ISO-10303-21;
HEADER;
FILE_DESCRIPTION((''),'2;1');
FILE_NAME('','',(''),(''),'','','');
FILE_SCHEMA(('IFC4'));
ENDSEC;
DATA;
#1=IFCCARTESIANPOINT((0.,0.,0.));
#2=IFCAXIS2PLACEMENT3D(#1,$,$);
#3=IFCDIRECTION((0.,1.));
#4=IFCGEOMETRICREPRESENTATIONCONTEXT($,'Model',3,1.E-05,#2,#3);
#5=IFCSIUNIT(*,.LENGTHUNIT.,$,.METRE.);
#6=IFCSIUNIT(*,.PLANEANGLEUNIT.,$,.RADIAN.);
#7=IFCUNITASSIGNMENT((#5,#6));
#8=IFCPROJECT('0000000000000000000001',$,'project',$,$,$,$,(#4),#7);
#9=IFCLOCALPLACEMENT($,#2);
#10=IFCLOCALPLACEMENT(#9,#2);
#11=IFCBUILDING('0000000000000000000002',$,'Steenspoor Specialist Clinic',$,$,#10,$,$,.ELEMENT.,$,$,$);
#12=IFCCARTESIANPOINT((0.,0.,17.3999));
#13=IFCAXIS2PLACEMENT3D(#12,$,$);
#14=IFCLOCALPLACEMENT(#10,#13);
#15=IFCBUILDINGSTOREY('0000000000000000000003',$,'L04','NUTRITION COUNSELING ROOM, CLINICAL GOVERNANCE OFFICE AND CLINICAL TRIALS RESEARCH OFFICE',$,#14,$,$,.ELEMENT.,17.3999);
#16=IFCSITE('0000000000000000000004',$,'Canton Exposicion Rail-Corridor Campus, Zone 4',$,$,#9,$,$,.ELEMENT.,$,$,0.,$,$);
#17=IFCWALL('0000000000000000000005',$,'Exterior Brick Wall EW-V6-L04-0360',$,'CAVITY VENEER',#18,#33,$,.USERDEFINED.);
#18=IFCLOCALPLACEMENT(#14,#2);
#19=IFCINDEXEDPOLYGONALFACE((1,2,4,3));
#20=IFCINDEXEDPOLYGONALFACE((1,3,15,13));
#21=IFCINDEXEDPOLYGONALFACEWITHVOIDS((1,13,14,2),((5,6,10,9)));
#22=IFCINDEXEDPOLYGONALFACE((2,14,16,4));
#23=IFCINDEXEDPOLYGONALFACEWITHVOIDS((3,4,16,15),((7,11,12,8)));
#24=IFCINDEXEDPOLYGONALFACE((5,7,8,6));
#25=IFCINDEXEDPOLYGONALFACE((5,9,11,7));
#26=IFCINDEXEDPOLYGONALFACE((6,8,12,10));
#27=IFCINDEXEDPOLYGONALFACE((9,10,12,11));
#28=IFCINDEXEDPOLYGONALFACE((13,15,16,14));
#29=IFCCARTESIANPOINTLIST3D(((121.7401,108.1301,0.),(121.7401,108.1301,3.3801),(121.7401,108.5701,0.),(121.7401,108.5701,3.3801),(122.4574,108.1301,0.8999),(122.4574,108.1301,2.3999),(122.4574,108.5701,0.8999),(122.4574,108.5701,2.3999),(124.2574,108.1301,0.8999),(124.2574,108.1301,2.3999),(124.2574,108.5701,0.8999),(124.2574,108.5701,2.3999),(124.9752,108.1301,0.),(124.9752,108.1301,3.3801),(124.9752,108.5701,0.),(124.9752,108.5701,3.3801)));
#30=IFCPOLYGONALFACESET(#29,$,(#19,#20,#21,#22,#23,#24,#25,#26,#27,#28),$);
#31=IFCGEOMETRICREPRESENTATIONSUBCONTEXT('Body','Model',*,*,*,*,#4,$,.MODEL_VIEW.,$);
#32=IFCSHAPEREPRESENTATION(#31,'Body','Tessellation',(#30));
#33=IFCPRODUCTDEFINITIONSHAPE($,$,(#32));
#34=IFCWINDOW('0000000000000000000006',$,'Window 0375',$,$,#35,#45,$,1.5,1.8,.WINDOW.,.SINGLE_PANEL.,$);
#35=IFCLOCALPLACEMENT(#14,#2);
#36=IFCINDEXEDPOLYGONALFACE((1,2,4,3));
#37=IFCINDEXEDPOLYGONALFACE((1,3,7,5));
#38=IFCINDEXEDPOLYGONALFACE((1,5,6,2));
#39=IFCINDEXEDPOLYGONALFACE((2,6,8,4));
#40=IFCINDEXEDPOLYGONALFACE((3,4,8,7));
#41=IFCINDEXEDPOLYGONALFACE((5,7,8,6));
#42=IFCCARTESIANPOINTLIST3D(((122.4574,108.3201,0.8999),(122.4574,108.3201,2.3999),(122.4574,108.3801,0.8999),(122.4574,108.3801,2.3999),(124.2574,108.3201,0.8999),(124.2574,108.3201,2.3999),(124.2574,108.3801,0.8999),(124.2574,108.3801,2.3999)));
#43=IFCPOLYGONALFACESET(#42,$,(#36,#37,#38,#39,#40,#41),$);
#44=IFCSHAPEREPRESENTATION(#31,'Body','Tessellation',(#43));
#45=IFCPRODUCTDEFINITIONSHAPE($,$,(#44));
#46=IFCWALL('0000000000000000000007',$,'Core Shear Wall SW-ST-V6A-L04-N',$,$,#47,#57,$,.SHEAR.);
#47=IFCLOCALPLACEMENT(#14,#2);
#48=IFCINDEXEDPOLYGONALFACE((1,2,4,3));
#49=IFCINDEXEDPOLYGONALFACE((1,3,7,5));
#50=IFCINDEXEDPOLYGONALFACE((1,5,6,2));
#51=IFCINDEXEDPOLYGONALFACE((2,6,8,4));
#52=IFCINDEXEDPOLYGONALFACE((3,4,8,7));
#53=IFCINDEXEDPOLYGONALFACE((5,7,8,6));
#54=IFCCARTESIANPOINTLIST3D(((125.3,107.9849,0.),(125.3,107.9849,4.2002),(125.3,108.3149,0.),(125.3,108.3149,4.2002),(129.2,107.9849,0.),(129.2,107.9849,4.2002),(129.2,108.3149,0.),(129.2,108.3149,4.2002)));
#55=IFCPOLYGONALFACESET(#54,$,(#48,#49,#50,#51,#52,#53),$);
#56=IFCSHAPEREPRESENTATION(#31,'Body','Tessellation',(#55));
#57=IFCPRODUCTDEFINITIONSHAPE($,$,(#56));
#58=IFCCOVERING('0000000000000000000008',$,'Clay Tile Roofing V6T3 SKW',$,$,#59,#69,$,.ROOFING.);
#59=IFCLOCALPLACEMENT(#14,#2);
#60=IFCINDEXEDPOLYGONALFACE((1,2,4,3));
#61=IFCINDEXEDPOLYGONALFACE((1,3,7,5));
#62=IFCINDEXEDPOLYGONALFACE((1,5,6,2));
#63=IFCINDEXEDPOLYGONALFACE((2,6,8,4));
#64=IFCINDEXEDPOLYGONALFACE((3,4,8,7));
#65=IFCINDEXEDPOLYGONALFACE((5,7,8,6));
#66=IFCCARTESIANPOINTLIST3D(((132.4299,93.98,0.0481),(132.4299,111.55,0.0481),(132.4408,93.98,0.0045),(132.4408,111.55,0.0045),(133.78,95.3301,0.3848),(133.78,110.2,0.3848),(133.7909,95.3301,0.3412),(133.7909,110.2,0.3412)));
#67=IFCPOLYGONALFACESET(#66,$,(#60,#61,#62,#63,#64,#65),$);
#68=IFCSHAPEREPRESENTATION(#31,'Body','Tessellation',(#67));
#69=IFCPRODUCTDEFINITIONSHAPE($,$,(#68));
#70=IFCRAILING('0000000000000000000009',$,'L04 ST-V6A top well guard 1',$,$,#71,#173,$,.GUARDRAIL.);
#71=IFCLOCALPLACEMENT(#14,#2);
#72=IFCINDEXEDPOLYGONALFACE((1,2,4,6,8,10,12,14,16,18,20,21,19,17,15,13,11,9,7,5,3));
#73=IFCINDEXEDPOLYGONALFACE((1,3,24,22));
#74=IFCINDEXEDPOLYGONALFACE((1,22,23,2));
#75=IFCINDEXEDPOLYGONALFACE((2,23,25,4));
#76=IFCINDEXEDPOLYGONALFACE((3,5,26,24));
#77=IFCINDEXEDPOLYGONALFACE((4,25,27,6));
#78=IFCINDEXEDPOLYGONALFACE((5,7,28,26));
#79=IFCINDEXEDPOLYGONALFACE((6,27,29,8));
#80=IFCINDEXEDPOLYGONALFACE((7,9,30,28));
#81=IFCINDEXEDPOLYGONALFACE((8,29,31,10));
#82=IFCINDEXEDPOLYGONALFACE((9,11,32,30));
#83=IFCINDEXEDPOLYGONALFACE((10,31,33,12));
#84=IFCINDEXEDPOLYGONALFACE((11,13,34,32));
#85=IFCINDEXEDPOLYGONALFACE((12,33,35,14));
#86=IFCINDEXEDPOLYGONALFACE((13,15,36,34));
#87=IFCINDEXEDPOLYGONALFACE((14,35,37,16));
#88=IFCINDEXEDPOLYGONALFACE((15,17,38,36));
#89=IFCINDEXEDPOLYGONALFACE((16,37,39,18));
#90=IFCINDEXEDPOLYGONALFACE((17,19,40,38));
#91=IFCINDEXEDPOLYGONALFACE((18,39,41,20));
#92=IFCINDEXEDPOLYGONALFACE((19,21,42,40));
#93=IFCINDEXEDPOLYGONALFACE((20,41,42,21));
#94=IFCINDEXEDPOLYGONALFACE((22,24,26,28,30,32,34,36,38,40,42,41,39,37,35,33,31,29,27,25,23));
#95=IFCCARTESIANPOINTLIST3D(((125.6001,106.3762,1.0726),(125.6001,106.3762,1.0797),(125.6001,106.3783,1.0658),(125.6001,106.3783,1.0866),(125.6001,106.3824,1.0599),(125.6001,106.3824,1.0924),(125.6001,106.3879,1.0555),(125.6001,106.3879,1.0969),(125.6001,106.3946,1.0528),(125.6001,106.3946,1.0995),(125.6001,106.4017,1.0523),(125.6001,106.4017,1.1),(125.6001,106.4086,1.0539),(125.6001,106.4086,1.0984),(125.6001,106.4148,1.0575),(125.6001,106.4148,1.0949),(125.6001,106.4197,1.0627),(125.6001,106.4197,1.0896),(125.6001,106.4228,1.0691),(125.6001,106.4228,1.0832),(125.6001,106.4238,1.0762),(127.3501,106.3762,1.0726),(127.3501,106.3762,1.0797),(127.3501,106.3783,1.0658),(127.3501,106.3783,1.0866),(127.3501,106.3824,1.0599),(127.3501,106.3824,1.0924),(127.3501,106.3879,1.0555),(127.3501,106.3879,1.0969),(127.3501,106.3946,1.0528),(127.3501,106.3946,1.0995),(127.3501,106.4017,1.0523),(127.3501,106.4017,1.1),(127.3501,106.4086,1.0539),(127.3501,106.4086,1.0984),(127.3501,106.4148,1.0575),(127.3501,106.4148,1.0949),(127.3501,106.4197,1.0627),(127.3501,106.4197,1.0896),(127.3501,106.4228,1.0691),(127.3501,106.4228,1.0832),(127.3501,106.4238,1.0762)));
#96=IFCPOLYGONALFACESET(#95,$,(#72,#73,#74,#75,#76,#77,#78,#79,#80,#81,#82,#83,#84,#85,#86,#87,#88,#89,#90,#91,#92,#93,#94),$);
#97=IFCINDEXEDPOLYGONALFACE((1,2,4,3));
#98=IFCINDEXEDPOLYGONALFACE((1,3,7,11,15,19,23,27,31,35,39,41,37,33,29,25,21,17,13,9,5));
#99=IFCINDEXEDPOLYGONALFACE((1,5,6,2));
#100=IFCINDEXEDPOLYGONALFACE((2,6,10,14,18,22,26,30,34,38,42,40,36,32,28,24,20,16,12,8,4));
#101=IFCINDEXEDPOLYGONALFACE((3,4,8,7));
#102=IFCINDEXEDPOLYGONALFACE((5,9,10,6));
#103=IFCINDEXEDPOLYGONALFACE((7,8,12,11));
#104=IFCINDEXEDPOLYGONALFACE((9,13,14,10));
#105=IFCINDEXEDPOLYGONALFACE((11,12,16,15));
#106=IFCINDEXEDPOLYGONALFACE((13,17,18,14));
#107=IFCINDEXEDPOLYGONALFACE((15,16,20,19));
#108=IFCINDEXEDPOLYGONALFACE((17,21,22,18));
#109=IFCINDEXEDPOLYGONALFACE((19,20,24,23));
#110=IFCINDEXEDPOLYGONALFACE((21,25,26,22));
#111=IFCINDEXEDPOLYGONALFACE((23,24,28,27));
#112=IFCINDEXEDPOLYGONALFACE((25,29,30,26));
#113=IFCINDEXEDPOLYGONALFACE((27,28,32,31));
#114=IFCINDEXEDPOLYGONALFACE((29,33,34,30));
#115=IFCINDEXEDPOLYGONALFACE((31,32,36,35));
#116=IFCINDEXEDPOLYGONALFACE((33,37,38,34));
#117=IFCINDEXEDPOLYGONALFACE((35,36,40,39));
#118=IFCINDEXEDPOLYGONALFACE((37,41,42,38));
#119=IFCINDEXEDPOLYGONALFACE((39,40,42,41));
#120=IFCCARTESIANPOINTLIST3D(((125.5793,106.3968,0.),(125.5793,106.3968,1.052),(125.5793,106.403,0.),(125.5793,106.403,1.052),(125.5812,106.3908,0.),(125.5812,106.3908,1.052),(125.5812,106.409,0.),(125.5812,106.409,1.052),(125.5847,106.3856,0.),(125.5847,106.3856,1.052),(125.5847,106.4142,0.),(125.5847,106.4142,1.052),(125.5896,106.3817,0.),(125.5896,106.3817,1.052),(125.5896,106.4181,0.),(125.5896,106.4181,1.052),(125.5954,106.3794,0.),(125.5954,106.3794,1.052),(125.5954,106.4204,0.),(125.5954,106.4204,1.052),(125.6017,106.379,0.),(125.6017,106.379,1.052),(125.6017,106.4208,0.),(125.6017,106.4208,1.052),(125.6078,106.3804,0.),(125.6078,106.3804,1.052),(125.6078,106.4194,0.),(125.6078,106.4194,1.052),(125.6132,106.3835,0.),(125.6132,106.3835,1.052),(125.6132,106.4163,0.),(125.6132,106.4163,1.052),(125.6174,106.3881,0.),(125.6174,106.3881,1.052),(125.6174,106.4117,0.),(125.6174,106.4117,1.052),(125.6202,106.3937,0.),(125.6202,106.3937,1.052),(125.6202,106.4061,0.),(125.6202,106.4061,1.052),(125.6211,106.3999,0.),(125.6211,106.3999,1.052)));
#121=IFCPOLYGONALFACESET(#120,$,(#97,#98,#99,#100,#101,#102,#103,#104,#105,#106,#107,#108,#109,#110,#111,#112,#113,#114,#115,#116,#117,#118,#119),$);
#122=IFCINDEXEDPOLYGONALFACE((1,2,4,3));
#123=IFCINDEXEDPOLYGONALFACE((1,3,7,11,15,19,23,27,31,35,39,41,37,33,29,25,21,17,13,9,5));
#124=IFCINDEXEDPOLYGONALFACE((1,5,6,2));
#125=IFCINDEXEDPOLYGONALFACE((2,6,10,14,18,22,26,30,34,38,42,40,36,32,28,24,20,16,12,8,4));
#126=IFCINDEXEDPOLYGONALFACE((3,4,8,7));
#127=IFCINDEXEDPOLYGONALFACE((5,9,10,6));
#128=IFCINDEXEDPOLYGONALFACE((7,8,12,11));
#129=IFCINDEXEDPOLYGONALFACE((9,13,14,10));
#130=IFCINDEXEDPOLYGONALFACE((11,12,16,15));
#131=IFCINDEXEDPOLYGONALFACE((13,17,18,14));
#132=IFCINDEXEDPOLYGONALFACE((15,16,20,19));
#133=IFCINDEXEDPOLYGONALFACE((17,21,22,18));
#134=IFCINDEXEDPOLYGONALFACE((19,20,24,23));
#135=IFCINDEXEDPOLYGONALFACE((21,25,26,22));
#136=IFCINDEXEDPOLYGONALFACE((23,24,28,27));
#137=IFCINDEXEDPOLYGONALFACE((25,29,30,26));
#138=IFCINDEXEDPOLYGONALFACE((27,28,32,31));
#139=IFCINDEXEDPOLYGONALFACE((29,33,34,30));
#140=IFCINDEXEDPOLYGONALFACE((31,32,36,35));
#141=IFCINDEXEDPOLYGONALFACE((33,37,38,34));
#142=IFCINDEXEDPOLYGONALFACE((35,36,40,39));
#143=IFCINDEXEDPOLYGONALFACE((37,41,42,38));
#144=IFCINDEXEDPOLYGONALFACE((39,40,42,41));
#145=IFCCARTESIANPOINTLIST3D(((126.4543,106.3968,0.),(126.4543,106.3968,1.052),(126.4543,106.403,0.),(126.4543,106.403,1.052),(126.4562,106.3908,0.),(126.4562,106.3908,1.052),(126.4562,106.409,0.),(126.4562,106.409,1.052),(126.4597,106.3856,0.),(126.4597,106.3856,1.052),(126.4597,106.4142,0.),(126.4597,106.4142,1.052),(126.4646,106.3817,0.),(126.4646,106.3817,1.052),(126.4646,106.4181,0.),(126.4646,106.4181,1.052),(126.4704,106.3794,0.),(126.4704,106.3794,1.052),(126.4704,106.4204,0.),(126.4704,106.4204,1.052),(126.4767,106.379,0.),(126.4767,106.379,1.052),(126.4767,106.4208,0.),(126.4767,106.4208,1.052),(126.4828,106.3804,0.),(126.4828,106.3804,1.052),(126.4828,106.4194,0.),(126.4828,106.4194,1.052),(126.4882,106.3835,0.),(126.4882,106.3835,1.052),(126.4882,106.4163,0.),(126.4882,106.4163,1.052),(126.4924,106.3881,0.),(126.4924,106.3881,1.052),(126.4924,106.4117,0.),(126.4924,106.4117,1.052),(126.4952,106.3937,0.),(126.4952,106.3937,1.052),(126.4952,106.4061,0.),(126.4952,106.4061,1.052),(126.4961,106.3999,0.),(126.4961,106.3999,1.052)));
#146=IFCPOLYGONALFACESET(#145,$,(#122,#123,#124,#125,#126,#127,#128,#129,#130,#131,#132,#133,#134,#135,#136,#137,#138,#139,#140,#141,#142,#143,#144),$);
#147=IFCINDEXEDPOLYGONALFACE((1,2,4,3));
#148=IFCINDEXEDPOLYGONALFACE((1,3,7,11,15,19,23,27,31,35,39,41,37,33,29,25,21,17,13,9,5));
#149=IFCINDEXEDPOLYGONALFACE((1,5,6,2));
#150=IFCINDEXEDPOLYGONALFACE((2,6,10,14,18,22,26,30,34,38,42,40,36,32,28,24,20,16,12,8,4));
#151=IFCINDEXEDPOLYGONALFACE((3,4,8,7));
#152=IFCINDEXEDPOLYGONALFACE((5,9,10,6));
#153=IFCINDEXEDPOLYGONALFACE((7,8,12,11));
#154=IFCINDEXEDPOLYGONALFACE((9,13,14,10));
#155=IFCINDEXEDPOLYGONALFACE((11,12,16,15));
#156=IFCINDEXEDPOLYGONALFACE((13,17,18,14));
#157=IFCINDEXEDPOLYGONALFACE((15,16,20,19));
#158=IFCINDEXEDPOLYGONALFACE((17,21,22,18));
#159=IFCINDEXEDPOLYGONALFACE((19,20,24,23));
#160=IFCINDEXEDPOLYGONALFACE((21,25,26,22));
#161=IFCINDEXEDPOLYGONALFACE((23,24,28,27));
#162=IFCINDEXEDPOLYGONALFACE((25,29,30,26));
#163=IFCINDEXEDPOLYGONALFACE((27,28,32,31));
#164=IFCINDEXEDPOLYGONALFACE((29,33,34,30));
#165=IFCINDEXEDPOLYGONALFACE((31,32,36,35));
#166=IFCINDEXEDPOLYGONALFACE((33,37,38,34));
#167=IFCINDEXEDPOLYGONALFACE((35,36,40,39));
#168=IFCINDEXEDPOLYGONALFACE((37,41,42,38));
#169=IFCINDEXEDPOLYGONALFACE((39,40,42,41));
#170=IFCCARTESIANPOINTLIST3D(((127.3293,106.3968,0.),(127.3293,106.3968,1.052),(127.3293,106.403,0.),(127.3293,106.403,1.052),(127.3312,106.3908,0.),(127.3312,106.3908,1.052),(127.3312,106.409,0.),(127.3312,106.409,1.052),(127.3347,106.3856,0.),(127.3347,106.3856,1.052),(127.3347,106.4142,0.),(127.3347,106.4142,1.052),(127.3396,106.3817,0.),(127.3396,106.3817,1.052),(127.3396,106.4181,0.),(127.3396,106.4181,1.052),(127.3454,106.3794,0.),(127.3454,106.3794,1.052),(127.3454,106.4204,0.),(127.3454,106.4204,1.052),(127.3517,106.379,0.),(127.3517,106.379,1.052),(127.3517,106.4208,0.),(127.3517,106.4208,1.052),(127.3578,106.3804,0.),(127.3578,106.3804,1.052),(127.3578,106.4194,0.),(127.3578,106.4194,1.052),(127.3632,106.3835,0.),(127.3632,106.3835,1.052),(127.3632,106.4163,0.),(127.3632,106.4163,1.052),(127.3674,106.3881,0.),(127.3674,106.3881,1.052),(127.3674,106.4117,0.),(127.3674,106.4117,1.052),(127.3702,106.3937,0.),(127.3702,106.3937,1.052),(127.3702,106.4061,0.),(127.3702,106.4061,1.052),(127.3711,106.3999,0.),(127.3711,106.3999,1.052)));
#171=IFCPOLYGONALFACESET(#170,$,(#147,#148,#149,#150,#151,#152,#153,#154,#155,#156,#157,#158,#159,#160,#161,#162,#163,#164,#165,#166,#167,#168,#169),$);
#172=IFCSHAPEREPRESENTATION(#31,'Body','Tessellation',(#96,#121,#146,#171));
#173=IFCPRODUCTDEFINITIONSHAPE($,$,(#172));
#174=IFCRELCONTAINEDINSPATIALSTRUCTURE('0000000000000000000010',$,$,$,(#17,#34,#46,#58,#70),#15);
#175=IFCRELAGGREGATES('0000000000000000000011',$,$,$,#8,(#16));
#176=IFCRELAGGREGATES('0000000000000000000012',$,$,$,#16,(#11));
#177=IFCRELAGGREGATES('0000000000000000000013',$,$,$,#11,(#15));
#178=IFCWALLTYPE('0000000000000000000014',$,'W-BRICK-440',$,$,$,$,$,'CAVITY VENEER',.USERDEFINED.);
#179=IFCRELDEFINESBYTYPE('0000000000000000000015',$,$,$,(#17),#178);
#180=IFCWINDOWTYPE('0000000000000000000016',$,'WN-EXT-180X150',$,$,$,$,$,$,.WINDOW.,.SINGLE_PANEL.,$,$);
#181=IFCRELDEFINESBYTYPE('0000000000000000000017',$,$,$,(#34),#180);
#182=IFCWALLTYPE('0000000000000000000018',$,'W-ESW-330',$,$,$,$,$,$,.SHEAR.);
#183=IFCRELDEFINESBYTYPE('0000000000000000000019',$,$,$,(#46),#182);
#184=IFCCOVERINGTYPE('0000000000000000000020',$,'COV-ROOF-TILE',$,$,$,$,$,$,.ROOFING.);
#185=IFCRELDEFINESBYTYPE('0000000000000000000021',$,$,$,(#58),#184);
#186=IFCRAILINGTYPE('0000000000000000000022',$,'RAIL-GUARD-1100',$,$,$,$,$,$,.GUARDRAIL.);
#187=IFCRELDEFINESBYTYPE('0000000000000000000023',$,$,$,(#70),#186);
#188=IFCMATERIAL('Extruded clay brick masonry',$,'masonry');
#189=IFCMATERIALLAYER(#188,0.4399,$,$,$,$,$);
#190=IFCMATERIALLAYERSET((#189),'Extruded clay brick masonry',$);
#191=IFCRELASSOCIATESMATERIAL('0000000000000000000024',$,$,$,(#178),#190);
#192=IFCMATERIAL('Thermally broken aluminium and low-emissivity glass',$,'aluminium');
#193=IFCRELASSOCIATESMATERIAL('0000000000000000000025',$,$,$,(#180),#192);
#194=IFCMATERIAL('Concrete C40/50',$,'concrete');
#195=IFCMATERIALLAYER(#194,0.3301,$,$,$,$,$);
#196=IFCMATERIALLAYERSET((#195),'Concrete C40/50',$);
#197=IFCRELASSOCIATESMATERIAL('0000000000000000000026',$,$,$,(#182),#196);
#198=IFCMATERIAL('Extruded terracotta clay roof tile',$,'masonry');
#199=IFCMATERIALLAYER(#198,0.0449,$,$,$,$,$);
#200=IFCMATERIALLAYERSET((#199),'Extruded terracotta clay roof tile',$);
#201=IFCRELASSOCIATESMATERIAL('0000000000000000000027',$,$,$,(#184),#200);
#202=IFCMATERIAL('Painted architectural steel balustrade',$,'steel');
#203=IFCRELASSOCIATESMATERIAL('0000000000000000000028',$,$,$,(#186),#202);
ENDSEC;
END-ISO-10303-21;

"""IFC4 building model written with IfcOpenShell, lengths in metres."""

from ifc_helpers import new_model, si_unit, direction, frame, frame_2d, origin, origin_2d, place, context, subcontext, project, spatial, polyline, rectangle, circle, outline, extrude, material, layer, layer_set, type_object, element, fill, save


model = new_model("IFC4")

# Units and contexts
model_context = context("Model", 3, precision=1e-05, world=origin(), true_north=direction((0.0, 1.0)))
body_context = subcontext(model_context, "Body", "Model", "MODEL_VIEW")
ifc_project = project(units=[si_unit("LENGTHUNIT", "METRE"), si_unit("PLANEANGLEUNIT", "RADIAN")], contexts=[model_context])

# Site, building, storey
site_placement = place(None, origin())
site = spatial("IfcSite", under=ifc_project, at=site_placement, Name="Canton Exposicion Rail-Corridor Campus, Zone 4", CompositionType="ELEMENT", RefElevation=0.0)
building_placement = place(site_placement, origin())
building = spatial("IfcBuilding", under=site, at=building_placement, Name="Steenspoor Specialist Clinic", CompositionType="ELEMENT")
storey_placement = place(building_placement, frame((0.0, 0.0, 17.3999)))
storey = spatial("IfcBuildingStorey", under=building, at=storey_placement, Name="L04", Description="NUTRITION COUNSELING ROOM, CLINICAL GOVERNANCE OFFICE AND CLINICAL TRIALS RESEARCH OFFICE", CompositionType="ELEMENT", Elevation=17.3999)

# Shared definitions
ifc_material_1 = material(Name="Concrete C40/50", Category="concrete")

# Shared definitions
ifc_material_2 = material(Name="Thermally broken aluminium and low-emissivity glass", Category="aluminium")

# Wall, opening, window
ifc_material_3 = material(Name="Extruded clay brick masonry", Category="masonry")
ifc_layer_1 = layer(ifc_material_3, 0.4399)
ifc_layer_set_1 = layer_set([ifc_layer_1], Name="Extruded clay brick masonry")
wall_type_1 = type_object("IfcWallType", Name="W-BRICK-440", ElementType="CAVITY VENEER", PredefinedType="USERDEFINED", material=ifc_layer_set_1)
wall_1_placement = place(storey_placement, frame((121.74, 108.3501, 0.0), z_axis=(0.0, 0.0, 1.0), x_axis=(1.0, 0.0, 0.0)))
wall_1 = element("IfcWall", 1, at=wall_1_placement, inside=storey, type_object=wall_type_1, Name="Exterior Brick Wall EW-V6-L04-0360", ObjectType="CAVITY VENEER", PredefinedType="USERDEFINED", context=body_context, shape_type="SweptSolid", body=[
    extrude(rectangle(XDim=3.2351, YDim=0.4399, at=frame_2d((1.6177, 0.0))), origin(), (0.0, 0.0, 1.0), 3.3801),
])
opening_1_placement = place(wall_1_placement, frame((0.7175, 0.0, 0.8999)))
opening_1 = element("IfcOpeningElement", 2, at=opening_1_placement, cuts=wall_1, PredefinedType="OPENING", context=body_context, shape_type="SweptSolid", body=[
    extrude(rectangle(XDim=1.8, YDim=1.5, at=frame_2d((0.8999, 0.75))), frame((0.0, 0.23, 0.0), z_axis=(0.0, -1.0, 0.0), x_axis=(1.0, 0.0, 0.0)), (0.0, 0.0, 1.0), 0.46),
])
window_type_1 = type_object("IfcWindowType", Name="WN-EXT-180X150", PartitioningType="SINGLE_PANEL", PredefinedType="WINDOW", material=ifc_material_2)
window_1_placement = place(opening_1_placement, origin())
window_1 = element("IfcWindow", 3, at=window_1_placement, inside=storey, type_object=window_type_1, Name="Window 0375", OverallHeight=1.5, OverallWidth=1.8, PartitioningType="SINGLE_PANEL", PredefinedType="WINDOW", context=body_context, shape_type="SweptSolid", body=[
    extrude(rectangle(XDim=1.8, YDim=1.5, at=frame_2d((0.8999, 0.75))), frame((0.0, 0.03, 0.0), z_axis=(0.0, -1.0, 0.0), x_axis=(1.0, 0.0, 0.0)), (0.0, 0.0, 1.0), 0.0601),
])
fill(opening_1, window_1)

# Wall
ifc_layer_2 = layer(ifc_material_1, 0.3301)
ifc_layer_set_2 = layer_set([ifc_layer_2], Name="Concrete C40/50")
wall_type_2 = type_object("IfcWallType", Name="W-ESW-330", PredefinedType="SHEAR", material=ifc_layer_set_2)
wall_2_placement = place(storey_placement, frame((125.3, 108.1499, 0.0), z_axis=(0.0, 0.0, 1.0), x_axis=(1.0, 0.0, 0.0)))
element("IfcWall", 4, at=wall_2_placement, inside=storey, type_object=wall_type_2, Name="Core Shear Wall SW-ST-V6A-L04-N", PredefinedType="SHEAR", context=body_context, shape_type="SweptSolid", body=[
    extrude(rectangle(XDim=3.8999, YDim=0.3301, at=frame_2d((1.95, 0.0))), origin(), (0.0, 0.0, 1.0), 4.2002),
])

# Covering
ifc_material_4 = material(Name="Extruded terracotta clay roof tile", Category="masonry")
ifc_layer_3 = layer(ifc_material_4, 0.0449)
ifc_layer_set_3 = layer_set([ifc_layer_3], Name="Extruded terracotta clay roof tile")
covering_type = type_object("IfcCoveringType", Name="COV-ROOF-TILE", PredefinedType="ROOFING", material=ifc_layer_set_3)
covering_placement = place(storey_placement, frame((132.4299, 111.55, 0.0481), z_axis=(-0.241958, 0.0, 0.970287), x_axis=(0.0, -1.0, 0.0)))
element("IfcCovering", 5, at=covering_placement, inside=storey, type_object=covering_type, Name="Clay Tile Roofing V6T3 SKW", PredefinedType="ROOFING", context=body_context, shape_type="SweptSolid", body=[
    extrude(outline(polyline([(0.0, 0.0), (17.5701, 0.0), (16.22, 1.3914), (1.3501, 1.3914), (0.0, 0.0)])), origin(), (0.0, 0.0, -1.0), 0.0449),
])

# Railing
ifc_material_5 = material(Name="Painted architectural steel balustrade", Category="steel")
railing_type = type_object("IfcRailingType", Name="RAIL-GUARD-1100", PredefinedType="GUARDRAIL", material=ifc_material_5)
railing_placement = place(storey_placement, frame((125.6001, 106.3999, 0.0)))
element("IfcRailing", 6, at=railing_placement, inside=storey, type_object=railing_type, Name="L04 ST-V6A top well guard 1", PredefinedType="GUARDRAIL", context=body_context, shape_type="SweptSolid", body=[
    extrude(circle(Radius=0.0239, at=origin_2d()), frame((0.0, 0.0, 1.0762), z_axis=(1.0, 0.0, 0.0), x_axis=(0.0, 1.0, 0.0)), (0.0, 0.0, 1.0), 1.75),
    extrude(circle(Radius=0.021, at=origin_2d()), origin(), (0.0, 0.0, 1.0), 1.052),
    extrude(circle(Radius=0.021, at=origin_2d()), frame((0.875, 0.0, 0.0)), (0.0, 0.0, 1.0), 1.052),
    extrude(circle(Radius=0.021, at=origin_2d()), frame((1.75, 0.0, 0.0)), (0.0, 0.0, 1.0), 1.052),
])

save(model, "model.ifc")
